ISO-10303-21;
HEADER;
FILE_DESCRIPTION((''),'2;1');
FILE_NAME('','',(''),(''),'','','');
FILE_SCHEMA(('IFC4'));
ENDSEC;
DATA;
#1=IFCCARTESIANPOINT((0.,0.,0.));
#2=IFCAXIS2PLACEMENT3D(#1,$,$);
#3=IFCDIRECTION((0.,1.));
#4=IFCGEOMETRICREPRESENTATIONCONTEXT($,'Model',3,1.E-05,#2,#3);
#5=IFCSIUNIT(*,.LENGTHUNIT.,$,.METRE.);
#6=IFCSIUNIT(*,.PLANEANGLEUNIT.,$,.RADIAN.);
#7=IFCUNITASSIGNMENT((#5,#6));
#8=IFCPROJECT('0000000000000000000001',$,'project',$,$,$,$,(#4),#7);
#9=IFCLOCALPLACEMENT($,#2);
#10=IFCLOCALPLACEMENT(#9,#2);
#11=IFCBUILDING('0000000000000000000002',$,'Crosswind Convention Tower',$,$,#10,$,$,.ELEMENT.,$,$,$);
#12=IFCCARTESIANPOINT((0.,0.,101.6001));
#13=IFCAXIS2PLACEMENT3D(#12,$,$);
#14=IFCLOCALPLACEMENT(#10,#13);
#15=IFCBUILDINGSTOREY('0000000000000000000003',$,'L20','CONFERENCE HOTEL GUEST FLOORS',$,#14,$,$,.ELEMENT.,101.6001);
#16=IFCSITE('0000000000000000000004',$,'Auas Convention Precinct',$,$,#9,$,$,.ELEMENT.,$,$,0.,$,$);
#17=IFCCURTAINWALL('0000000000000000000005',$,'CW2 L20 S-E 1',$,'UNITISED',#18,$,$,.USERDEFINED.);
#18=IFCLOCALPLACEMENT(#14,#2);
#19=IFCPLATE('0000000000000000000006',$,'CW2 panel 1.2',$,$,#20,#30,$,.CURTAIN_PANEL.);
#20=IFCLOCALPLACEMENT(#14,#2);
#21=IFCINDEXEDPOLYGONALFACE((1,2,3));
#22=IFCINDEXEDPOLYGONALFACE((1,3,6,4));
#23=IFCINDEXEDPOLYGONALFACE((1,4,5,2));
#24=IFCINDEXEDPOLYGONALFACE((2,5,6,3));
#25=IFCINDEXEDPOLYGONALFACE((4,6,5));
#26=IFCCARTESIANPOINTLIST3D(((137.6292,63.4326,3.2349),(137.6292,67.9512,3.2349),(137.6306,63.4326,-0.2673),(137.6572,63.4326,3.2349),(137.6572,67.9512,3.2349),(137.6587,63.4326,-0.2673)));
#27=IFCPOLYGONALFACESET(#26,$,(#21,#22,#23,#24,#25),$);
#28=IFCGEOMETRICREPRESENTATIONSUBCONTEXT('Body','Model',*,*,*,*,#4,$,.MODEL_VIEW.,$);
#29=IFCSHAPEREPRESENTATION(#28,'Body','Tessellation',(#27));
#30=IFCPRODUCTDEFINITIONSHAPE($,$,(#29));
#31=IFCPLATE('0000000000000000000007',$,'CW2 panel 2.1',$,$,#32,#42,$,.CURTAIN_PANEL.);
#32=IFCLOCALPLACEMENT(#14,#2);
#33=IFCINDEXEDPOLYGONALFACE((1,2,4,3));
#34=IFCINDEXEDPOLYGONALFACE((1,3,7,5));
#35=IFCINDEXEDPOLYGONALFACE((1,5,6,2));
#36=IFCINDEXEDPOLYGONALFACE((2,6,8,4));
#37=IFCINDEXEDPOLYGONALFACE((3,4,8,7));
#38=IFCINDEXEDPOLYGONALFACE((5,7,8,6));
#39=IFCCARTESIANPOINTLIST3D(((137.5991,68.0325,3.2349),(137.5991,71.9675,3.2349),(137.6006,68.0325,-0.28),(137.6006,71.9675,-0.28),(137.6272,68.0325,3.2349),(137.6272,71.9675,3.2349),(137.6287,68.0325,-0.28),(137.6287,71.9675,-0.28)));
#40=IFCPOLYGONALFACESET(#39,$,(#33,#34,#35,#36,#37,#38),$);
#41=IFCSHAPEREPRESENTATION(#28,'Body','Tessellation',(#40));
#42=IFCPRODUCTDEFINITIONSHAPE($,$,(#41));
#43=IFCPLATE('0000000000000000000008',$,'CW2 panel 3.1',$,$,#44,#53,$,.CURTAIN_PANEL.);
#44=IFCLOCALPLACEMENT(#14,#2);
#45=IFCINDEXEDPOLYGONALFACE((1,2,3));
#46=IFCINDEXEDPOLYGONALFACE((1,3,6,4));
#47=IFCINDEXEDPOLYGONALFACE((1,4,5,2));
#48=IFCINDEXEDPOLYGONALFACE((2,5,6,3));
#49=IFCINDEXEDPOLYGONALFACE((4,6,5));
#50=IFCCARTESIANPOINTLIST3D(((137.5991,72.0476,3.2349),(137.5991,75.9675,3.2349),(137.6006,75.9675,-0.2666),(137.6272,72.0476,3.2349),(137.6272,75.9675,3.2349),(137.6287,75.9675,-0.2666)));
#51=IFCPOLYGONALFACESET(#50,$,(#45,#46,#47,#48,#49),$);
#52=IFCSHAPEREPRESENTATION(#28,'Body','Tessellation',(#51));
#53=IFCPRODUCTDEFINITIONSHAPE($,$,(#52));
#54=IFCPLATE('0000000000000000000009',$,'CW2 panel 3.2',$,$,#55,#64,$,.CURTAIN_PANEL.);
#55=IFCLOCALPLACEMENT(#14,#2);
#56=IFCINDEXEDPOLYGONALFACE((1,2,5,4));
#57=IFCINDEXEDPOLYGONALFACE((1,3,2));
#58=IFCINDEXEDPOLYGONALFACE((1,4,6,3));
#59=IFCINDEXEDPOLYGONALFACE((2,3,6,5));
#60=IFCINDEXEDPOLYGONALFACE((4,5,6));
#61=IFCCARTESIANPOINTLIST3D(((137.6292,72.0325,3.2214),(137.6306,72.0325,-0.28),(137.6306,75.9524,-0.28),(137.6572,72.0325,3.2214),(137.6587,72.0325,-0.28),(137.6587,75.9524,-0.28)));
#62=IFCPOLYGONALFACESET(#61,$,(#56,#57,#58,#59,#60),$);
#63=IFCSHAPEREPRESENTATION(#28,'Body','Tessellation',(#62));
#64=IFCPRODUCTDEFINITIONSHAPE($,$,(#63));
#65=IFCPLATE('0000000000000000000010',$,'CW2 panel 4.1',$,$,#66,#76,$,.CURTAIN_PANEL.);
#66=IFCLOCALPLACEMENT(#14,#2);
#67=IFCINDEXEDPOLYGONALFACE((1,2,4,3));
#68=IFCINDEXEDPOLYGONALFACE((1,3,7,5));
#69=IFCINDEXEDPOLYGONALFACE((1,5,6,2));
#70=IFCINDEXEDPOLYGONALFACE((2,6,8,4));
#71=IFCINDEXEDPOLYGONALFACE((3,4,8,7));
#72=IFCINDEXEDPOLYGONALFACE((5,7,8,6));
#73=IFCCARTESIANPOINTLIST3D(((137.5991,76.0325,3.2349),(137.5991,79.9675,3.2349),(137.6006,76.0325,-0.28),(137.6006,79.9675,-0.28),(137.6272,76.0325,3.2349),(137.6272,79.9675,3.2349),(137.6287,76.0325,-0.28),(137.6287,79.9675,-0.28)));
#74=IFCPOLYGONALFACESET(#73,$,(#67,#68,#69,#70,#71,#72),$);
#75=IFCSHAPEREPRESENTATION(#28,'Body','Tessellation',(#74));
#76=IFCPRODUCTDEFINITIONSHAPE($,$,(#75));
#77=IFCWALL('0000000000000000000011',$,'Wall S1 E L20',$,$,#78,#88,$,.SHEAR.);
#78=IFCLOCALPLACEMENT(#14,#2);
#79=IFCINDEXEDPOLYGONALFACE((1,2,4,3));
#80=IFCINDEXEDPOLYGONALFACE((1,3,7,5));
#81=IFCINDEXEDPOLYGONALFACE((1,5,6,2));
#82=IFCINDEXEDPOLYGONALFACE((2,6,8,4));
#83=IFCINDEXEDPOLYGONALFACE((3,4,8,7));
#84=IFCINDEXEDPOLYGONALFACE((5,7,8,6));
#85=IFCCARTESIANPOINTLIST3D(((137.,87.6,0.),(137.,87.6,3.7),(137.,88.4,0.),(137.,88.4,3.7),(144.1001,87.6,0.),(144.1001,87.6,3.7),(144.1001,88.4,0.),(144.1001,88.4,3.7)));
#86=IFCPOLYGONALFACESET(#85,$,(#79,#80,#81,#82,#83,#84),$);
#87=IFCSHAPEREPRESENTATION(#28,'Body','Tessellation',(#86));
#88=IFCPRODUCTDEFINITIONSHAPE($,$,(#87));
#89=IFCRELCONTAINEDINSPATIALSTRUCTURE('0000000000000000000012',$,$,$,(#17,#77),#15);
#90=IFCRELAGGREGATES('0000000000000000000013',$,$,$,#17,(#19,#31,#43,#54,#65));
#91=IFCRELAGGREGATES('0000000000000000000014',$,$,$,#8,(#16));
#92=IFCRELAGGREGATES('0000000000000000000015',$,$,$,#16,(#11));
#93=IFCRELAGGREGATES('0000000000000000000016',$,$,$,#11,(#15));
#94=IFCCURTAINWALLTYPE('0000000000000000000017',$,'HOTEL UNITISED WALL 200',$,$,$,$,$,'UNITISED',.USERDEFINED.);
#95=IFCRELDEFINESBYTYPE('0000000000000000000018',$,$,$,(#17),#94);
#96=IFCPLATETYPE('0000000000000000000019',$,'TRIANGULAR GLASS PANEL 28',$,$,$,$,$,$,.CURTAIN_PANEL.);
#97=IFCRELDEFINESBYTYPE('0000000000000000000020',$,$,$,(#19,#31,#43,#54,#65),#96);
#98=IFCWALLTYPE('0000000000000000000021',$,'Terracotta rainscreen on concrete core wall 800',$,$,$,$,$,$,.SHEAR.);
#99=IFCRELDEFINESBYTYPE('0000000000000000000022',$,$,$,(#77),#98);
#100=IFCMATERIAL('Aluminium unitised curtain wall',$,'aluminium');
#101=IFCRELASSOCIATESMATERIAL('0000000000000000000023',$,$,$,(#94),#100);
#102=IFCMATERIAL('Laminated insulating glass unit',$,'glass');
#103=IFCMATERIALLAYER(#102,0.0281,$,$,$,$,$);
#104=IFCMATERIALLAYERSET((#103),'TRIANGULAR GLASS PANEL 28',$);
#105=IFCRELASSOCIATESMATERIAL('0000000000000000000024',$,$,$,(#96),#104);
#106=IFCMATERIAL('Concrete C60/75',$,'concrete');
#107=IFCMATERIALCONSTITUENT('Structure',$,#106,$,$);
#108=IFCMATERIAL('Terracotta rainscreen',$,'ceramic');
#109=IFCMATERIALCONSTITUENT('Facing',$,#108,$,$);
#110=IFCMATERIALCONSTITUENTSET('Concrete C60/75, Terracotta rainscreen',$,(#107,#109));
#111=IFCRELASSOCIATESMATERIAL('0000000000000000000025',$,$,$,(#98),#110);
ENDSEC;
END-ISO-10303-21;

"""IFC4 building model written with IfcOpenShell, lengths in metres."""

from ifc_helpers import new_model, si_unit, direction, frame, frame_2d, origin, place, context, subcontext, project, spatial, polyline, rectangle, outline, extrude, material, layer, layer_set, constituent, constituent_set, type_object, element, aggregate, save


model = new_model("IFC4")

# Units and contexts
model_context = context("Model", 3, precision=1e-05, world=origin(), true_north=direction((0.0, 1.0)))
body_context = subcontext(model_context, "Body", "Model", "MODEL_VIEW")
ifc_project = project(units=[si_unit("LENGTHUNIT", "METRE"), si_unit("PLANEANGLEUNIT", "RADIAN")], contexts=[model_context])

# Site, building, storey
site_placement = place(None, origin())
site = spatial("IfcSite", under=ifc_project, at=site_placement, Name="Auas Convention Precinct", CompositionType="ELEMENT", RefElevation=0.0)
building_placement = place(site_placement, origin())
building = spatial("IfcBuilding", under=site, at=building_placement, Name="Crosswind Convention Tower", CompositionType="ELEMENT")
storey_placement = place(building_placement, frame((0.0, 0.0, 101.6001)))
storey = spatial("IfcBuildingStorey", under=building, at=storey_placement, Name="L20", Description="CONFERENCE HOTEL GUEST FLOORS", CompositionType="ELEMENT", Elevation=101.6001)

# Shared definitions
ifc_material_1 = material(Name="Aluminium unitised curtain wall", Category="aluminium")
curtain_wall_type = type_object("IfcCurtainWallType", Name="HOTEL UNITISED WALL 200", ElementType="UNITISED", PredefinedType="USERDEFINED", material=ifc_material_1)

# Curtain wall, plates
curtain_wall_1_placement = place(storey_placement, origin())
curtain_wall_1 = element("IfcCurtainWall", 1, at=curtain_wall_1_placement, inside=storey, type_object=curtain_wall_type, Name="CW2 L20 S-E 1", ObjectType="UNITISED", PredefinedType="USERDEFINED")
ifc_material_2 = material(Name="Laminated insulating glass unit", Category="glass")
ifc_layer_1 = layer(ifc_material_2, 0.0281)
ifc_layer_set_1 = layer_set([ifc_layer_1], Name="TRIANGULAR GLASS PANEL 28")
plate_type = type_object("IfcPlateType", Name="TRIANGULAR GLASS PANEL 28", PredefinedType="CURTAIN_PANEL", material=ifc_layer_set_1)
plate_1_placement = place(storey_placement, frame((137.6572, 63.4326, 3.2349), z_axis=(1.0, 0.0, 0.000418), x_axis=(0.000418, 0.0, -1.0)))
plate_1 = element("IfcPlate", 2, at=plate_1_placement, type_object=plate_type, Name="CW2 panel 1.2", PredefinedType="CURTAIN_PANEL", context=body_context, shape_type="SweptSolid", body=[
    extrude(outline(polyline([(0.0, 0.0), (3.5022, 0.0), (0.0, 4.5186), (0.0, 0.0)])), origin(), (0.0, 0.0, -1.0), 0.0281),
])
plate_2_placement = place(storey_placement, frame((137.6287, 68.0325, -0.28), z_axis=(1.0, 0.0, 0.000417), x_axis=(0.0, 1.0, 0.0)))
plate_2 = element("IfcPlate", 3, at=plate_2_placement, type_object=plate_type, Name="CW2 panel 2.1", PredefinedType="CURTAIN_PANEL", context=body_context, shape_type="SweptSolid", body=[
    extrude(outline(polyline([(0.0, 0.0), (3.9351, 0.0), (3.9351, 3.5149), (0.0, 3.5149), (0.0, 0.0)])), origin(), (0.0, 0.0, -1.0), 0.0281),
])
plate_3_placement = place(storey_placement, frame((137.6272, 75.9675, 3.2349), z_axis=(1.0, 0.0, 0.000418), x_axis=(0.0, -1.0, 0.0)))
plate_3 = element("IfcPlate", 4, at=plate_3_placement, type_object=plate_type, Name="CW2 panel 3.1", PredefinedType="CURTAIN_PANEL", context=body_context, shape_type="SweptSolid", body=[
    extrude(outline(polyline([(0.0, 0.0), (3.9199, 0.0), (0.0, 3.5015), (0.0, 0.0)])), origin(), (0.0, 0.0, -1.0), 0.0281),
])
plate_4_placement = place(storey_placement, frame((137.6587, 72.0325, -0.28), z_axis=(1.0, 0.0, 0.000418), x_axis=(0.0, 1.0, 0.0)))
plate_4 = element("IfcPlate", 5, at=plate_4_placement, type_object=plate_type, Name="CW2 panel 3.2", PredefinedType="CURTAIN_PANEL", context=body_context, shape_type="SweptSolid", body=[
    extrude(outline(polyline([(0.0, 0.0), (3.9199, 0.0), (0.0, 3.5015), (0.0, 0.0)])), origin(), (0.0, 0.0, -1.0), 0.0281),
])
plate_5_placement = place(storey_placement, frame((137.6287, 76.0325, -0.28), z_axis=(1.0, 0.0, 0.000417), x_axis=(0.0, 1.0, 0.0)))
plate_5 = element("IfcPlate", 6, at=plate_5_placement, type_object=plate_type, Name="CW2 panel 4.1", PredefinedType="CURTAIN_PANEL", context=body_context, shape_type="SweptSolid", body=[
    extrude(outline(polyline([(0.0, 0.0), (3.9351, 0.0), (3.9351, 3.5149), (0.0, 3.5149), (0.0, 0.0)])), origin(), (0.0, 0.0, -1.0), 0.0281),
])
aggregate(curtain_wall_1, [plate_1, plate_2, plate_3, plate_4, plate_5])

# Shared definitions
ifc_material_3 = material(Name="Terracotta rainscreen", Category="ceramic")

# Wall
ifc_material_4 = material(Name="Concrete C60/75", Category="concrete")
ifc_constituent_1 = constituent(ifc_material_4, Name="Structure")
ifc_constituent_2 = constituent(ifc_material_3, Name="Facing")
ifc_constituent_set = constituent_set(constituents=[ifc_constituent_1, ifc_constituent_2], Name="Concrete C60/75, Terracotta rainscreen")
wall_type_1 = type_object("IfcWallType", Name="Terracotta rainscreen on concrete core wall 800", PredefinedType="SHEAR", material=ifc_constituent_set)
wall_1_placement = place(storey_placement, frame((137.0, 88.0, 0.0), z_axis=(0.0, 0.0, 1.0), x_axis=(1.0, 0.0, 0.0)))
element("IfcWall", 7, at=wall_1_placement, inside=storey, type_object=wall_type_1, Name="Wall S1 E L20", PredefinedType="SHEAR", context=body_context, shape_type="SweptSolid", body=[
    extrude(rectangle(XDim=7.1001, YDim=0.8, at=frame_2d((3.55, 0.0))), origin(), (0.0, 0.0, 1.0), 3.7),
])

save(model, "model.ifc")
